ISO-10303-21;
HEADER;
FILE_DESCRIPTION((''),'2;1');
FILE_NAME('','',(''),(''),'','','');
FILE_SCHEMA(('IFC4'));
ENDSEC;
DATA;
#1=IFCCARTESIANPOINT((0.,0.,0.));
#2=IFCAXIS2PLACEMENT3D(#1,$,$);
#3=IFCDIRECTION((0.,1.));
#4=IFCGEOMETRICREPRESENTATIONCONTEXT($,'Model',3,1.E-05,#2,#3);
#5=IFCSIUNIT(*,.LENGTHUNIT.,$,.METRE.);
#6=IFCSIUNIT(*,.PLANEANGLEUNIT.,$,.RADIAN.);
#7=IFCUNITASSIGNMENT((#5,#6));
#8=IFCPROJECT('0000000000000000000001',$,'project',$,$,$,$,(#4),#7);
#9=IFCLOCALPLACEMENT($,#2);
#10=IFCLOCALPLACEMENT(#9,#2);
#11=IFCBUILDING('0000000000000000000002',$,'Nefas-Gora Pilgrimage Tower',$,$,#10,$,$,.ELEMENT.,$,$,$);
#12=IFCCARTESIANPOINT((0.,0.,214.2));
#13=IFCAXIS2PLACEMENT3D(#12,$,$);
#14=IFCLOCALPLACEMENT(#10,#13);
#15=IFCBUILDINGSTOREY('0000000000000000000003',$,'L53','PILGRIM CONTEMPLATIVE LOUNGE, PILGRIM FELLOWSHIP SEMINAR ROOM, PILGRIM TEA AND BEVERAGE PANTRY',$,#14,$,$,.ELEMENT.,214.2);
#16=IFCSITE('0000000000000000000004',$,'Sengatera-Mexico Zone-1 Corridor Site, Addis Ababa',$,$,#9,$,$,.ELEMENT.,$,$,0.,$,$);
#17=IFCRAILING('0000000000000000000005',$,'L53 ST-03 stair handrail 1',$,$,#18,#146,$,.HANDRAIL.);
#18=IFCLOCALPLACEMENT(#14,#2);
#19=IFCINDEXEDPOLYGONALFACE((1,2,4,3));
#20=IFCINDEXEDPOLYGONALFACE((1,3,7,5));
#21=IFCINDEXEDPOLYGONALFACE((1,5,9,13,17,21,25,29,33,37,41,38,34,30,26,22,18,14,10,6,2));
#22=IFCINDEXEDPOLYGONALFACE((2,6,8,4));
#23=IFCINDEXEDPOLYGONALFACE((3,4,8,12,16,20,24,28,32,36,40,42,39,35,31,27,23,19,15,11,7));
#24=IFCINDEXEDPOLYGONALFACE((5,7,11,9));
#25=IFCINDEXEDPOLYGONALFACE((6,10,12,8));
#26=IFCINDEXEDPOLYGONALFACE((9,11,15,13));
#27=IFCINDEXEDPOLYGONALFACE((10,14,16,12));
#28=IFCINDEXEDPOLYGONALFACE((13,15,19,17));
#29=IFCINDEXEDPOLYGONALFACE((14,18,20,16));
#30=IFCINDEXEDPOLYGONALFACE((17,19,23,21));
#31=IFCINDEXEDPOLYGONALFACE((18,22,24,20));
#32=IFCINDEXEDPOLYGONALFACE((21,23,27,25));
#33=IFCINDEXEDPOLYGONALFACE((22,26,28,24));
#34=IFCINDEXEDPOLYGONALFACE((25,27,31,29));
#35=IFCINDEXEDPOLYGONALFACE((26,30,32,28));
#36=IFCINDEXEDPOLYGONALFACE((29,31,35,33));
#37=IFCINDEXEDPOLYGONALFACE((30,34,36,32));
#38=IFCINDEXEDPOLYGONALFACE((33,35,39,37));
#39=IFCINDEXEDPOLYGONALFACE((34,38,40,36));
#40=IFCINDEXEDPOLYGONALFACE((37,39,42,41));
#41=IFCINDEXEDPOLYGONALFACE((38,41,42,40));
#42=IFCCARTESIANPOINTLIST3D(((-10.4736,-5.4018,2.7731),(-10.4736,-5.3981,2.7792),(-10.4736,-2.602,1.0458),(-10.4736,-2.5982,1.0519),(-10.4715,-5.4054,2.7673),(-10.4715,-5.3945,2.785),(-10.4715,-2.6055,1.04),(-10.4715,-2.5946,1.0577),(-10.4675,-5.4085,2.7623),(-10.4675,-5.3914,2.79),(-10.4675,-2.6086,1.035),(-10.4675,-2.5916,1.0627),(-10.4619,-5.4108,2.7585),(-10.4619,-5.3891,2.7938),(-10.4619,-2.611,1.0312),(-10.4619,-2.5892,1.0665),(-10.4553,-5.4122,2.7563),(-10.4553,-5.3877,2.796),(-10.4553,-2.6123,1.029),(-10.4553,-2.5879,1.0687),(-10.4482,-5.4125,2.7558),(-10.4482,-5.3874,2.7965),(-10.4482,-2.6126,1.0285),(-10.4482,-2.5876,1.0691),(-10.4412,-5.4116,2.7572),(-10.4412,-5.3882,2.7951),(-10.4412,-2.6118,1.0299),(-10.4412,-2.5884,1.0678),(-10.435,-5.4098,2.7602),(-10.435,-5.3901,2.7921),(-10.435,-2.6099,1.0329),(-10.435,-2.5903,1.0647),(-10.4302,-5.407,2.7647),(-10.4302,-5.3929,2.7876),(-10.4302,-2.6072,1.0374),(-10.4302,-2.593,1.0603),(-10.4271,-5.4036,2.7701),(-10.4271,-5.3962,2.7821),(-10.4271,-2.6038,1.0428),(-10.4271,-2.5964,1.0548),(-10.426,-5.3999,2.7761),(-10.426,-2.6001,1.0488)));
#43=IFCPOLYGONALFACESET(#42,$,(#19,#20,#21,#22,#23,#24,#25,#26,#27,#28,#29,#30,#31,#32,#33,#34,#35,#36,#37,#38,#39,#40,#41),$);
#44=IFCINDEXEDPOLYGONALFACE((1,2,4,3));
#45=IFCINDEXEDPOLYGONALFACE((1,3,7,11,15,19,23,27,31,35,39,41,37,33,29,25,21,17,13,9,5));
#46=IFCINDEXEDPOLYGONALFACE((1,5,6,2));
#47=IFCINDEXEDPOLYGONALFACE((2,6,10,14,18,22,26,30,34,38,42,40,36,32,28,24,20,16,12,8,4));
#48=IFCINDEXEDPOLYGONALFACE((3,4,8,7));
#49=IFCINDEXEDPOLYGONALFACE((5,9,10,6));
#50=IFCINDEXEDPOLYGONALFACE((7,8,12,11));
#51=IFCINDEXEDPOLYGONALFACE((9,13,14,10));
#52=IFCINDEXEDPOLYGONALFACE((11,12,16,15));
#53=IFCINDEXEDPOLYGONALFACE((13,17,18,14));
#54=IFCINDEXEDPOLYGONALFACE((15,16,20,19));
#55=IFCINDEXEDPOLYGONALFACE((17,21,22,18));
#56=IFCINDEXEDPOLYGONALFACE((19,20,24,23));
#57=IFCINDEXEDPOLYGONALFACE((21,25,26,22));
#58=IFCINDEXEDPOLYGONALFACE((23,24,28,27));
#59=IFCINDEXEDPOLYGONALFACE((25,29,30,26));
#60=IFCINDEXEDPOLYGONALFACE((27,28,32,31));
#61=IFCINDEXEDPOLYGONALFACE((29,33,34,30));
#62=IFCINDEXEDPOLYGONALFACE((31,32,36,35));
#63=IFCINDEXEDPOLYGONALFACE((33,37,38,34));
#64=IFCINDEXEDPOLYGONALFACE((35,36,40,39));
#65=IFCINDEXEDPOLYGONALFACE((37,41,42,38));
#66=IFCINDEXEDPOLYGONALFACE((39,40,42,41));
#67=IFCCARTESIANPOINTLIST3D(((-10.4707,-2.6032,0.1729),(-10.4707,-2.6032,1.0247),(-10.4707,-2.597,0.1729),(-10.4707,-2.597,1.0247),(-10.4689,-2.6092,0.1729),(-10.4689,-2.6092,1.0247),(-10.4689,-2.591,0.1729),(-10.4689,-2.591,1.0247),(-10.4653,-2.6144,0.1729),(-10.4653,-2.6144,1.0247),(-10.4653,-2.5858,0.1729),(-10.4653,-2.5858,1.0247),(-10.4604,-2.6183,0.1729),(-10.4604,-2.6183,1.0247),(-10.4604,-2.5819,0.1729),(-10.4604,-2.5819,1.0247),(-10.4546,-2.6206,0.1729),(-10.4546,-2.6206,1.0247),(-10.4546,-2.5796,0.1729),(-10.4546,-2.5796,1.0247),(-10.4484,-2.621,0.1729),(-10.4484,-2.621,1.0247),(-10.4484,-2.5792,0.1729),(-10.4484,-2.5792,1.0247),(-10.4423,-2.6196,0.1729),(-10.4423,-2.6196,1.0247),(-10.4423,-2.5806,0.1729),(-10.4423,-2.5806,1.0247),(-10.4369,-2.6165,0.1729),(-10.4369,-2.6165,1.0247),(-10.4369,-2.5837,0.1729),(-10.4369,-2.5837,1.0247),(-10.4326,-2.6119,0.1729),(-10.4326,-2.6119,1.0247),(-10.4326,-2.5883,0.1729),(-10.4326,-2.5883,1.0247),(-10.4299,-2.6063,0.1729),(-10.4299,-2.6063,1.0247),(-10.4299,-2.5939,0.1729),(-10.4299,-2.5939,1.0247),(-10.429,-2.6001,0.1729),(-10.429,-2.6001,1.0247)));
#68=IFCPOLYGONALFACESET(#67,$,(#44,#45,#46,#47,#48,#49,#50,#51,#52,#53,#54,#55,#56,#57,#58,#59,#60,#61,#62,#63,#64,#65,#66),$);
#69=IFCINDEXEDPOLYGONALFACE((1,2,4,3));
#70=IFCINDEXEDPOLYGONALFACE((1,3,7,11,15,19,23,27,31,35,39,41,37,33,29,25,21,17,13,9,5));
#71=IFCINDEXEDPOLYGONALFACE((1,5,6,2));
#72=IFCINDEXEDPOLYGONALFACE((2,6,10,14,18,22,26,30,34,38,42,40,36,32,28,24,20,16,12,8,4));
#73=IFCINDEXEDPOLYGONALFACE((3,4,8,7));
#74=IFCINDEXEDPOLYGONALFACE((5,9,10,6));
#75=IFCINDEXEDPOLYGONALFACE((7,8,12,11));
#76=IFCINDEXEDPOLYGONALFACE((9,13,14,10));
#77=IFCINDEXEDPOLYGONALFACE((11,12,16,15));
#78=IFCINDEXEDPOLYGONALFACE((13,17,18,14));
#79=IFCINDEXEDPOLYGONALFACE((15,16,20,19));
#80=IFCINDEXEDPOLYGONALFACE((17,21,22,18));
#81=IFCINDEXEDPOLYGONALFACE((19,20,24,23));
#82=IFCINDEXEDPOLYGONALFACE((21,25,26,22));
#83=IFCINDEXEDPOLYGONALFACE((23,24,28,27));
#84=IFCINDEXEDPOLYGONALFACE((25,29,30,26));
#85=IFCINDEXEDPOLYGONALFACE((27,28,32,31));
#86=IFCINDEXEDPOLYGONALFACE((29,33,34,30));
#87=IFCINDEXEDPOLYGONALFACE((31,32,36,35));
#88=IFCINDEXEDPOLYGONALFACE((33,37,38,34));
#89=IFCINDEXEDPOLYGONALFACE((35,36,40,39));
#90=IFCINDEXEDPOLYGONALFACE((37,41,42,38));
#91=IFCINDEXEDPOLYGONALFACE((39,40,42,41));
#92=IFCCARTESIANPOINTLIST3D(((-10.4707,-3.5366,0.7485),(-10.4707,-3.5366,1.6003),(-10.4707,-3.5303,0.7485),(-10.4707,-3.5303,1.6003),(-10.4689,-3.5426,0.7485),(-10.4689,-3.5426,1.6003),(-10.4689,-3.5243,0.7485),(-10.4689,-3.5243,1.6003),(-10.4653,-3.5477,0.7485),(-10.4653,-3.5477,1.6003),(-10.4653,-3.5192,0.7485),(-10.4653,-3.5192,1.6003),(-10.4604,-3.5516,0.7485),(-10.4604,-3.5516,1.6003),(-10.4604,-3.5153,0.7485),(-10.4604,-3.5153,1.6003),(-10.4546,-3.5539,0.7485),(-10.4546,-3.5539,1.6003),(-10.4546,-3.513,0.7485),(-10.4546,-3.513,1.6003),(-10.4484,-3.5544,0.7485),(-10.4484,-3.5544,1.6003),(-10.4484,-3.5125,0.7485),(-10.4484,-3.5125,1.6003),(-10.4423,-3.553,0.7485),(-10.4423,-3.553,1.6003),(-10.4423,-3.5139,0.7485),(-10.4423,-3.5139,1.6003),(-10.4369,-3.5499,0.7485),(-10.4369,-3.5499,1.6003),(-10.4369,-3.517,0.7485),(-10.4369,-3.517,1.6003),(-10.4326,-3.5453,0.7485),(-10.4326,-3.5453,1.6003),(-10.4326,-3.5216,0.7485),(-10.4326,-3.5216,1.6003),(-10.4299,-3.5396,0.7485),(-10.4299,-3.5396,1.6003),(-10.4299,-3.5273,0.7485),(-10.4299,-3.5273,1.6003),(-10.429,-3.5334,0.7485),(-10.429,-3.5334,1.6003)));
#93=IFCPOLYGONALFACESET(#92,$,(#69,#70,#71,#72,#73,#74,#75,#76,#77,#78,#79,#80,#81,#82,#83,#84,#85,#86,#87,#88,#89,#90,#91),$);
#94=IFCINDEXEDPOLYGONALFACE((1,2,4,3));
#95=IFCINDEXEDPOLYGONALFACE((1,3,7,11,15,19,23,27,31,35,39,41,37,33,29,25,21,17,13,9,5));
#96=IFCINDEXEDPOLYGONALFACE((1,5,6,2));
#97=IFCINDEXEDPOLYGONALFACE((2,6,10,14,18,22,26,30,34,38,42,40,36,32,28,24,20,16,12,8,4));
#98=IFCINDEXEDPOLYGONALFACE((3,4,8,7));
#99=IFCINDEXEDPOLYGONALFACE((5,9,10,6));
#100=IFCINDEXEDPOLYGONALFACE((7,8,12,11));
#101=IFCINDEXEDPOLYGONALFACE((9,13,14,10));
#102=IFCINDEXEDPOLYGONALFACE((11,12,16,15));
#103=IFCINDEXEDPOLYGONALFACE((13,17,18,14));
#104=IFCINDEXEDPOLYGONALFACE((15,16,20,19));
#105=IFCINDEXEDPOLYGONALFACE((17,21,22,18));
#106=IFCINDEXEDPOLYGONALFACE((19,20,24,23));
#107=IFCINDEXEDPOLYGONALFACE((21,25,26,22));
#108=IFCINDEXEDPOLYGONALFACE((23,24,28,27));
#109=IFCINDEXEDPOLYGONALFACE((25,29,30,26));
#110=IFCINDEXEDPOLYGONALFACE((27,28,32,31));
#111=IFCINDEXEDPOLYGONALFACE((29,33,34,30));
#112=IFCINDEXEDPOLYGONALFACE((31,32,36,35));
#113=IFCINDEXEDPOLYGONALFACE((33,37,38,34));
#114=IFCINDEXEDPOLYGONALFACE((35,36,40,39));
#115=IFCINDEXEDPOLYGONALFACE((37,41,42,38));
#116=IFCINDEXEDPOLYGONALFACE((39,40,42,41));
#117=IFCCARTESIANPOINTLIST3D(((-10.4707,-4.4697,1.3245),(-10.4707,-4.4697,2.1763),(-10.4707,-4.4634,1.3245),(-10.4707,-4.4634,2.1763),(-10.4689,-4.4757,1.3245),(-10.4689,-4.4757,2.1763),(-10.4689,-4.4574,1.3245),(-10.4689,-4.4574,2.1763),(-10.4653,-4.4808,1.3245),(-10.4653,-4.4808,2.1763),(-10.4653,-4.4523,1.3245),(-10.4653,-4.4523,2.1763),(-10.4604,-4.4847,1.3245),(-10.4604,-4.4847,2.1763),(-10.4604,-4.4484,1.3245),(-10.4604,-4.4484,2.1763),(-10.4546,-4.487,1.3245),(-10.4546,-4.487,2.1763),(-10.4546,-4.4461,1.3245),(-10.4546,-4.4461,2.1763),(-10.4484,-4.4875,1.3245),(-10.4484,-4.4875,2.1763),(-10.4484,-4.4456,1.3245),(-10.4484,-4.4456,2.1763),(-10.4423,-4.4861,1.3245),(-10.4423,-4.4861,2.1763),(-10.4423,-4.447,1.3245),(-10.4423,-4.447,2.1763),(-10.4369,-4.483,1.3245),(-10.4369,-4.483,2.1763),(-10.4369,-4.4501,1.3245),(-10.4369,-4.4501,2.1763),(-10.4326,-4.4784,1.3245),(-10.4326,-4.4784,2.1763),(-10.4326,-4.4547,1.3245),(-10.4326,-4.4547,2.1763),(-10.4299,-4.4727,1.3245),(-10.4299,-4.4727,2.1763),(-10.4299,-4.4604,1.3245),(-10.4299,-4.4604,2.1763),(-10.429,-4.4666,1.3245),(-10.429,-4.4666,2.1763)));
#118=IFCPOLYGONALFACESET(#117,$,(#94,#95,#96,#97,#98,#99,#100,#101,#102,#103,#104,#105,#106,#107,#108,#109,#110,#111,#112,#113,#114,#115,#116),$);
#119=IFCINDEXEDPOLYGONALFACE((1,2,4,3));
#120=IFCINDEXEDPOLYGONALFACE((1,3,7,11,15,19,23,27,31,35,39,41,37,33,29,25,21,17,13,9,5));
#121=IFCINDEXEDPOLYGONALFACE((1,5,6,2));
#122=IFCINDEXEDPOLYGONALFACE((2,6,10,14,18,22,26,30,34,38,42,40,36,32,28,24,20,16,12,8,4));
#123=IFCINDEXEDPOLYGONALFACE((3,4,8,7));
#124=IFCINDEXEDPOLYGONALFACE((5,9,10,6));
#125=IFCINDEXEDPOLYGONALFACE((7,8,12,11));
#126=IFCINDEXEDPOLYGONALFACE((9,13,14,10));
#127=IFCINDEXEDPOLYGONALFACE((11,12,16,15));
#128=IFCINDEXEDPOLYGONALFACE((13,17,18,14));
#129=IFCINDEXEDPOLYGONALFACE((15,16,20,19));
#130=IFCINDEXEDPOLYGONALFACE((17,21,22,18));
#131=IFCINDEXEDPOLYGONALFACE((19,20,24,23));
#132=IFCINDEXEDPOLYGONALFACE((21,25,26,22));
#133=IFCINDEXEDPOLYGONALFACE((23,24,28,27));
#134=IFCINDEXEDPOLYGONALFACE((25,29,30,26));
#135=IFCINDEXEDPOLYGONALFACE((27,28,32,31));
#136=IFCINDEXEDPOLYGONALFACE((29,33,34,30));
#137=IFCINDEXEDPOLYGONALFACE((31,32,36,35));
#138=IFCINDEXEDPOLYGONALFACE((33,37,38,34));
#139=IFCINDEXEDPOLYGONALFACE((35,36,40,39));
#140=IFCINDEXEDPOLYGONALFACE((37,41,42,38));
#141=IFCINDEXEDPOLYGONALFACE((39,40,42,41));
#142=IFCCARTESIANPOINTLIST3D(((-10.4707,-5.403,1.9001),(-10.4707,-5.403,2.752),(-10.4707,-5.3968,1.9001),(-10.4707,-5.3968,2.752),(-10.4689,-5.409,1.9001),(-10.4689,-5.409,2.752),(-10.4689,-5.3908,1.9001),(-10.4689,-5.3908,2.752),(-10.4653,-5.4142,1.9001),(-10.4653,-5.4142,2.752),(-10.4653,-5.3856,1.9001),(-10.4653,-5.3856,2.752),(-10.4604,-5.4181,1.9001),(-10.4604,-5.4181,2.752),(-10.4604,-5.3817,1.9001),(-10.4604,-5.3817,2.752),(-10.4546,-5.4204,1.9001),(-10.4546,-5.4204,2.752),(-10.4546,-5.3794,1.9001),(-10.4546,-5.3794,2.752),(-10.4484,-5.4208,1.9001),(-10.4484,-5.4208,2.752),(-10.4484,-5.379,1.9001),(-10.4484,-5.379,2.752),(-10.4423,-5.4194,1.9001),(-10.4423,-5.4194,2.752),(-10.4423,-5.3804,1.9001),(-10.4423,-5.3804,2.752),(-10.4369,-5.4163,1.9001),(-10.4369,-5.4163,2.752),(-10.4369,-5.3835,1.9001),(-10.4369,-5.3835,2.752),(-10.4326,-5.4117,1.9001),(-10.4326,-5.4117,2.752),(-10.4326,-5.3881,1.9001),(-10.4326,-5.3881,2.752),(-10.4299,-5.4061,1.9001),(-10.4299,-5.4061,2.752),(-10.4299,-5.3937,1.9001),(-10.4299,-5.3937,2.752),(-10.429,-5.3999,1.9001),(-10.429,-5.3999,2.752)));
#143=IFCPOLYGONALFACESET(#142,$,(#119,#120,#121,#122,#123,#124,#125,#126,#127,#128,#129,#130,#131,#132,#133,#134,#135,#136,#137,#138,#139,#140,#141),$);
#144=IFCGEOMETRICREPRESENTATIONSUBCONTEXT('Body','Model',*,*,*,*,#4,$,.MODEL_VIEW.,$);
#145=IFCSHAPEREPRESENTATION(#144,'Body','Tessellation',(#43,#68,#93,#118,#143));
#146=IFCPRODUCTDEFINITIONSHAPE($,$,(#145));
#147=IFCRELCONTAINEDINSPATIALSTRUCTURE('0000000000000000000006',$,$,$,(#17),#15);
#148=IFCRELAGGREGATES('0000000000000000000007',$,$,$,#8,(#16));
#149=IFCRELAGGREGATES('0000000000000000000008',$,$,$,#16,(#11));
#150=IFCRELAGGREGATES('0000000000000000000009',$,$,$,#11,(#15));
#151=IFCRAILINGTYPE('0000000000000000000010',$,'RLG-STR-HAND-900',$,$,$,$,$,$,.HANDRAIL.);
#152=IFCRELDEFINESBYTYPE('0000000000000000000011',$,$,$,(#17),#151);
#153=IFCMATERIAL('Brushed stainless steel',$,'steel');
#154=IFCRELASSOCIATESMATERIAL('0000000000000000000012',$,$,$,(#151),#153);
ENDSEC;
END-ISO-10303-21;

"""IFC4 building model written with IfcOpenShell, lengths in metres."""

from ifc_helpers import new_model, si_unit, direction, frame, origin, origin_2d, place, context, subcontext, project, spatial, circle, extrude, material, type_object, element, save


model = new_model("IFC4")

# Units and contexts
model_context = context("Model", 3, precision=1e-05, world=origin(), true_north=direction((0.0, 1.0)))
body_context = subcontext(model_context, "Body", "Model", "MODEL_VIEW")
ifc_project = project(units=[si_unit("LENGTHUNIT", "METRE"), si_unit("PLANEANGLEUNIT", "RADIAN")], contexts=[model_context])

# Site, building, storey
site_placement = place(None, origin())
site = spatial("IfcSite", under=ifc_project, at=site_placement, Name="Sengatera-Mexico Zone-1 Corridor Site, Addis Ababa", CompositionType="ELEMENT", RefElevation=0.0)
building_placement = place(site_placement, origin())
building = spatial("IfcBuilding", under=site, at=building_placement, Name="Nefas-Gora Pilgrimage Tower", CompositionType="ELEMENT")
storey_placement = place(building_placement, frame((0.0, 0.0, 214.2)))
storey = spatial("IfcBuildingStorey", under=building, at=storey_placement, Name="L53", Description="PILGRIM CONTEMPLATIVE LOUNGE, PILGRIM FELLOWSHIP SEMINAR ROOM, PILGRIM TEA AND BEVERAGE PANTRY", CompositionType="ELEMENT", Elevation=214.2)

# Railing
ifc_material_1 = material(Name="Brushed stainless steel", Category="steel")
railing_type = type_object("IfcRailingType", Name="RLG-STR-HAND-900", PredefinedType="HANDRAIL", material=ifc_material_1)
railing_placement = place(storey_placement, frame((-10.45, -2.6001, 0.1729)))
element("IfcRailing", 1, at=railing_placement, inside=storey, type_object=railing_type, Name="L53 ST-03 stair handrail 1", PredefinedType="HANDRAIL", context=body_context, shape_type="SweptSolid", body=[
    extrude(circle(Radius=0.0239, at=origin_2d()), frame((0.0, 0.0, 0.876), z_axis=(0.0, -0.851069, 0.525054), x_axis=(1.0, 0.0, 0.0)), (0.0, 0.0, 1.0), 3.2898),
    extrude(circle(Radius=0.021, at=origin_2d()), origin(), (0.0, 0.0, 1.0), 0.8518),
    extrude(circle(Radius=0.021, at=origin_2d()), frame((0.0, -0.9333, 0.5757)), (0.0, 0.0, 1.0), 0.8518),
    extrude(circle(Radius=0.021, at=origin_2d()), frame((0.0, -1.8665, 1.1516)), (0.0, 0.0, 1.0), 0.8518),
    extrude(circle(Radius=0.021, at=origin_2d()), frame((0.0, -2.7998, 1.7273)), (0.0, 0.0, 1.0), 0.8518),
])

save(model, "model.ifc")
